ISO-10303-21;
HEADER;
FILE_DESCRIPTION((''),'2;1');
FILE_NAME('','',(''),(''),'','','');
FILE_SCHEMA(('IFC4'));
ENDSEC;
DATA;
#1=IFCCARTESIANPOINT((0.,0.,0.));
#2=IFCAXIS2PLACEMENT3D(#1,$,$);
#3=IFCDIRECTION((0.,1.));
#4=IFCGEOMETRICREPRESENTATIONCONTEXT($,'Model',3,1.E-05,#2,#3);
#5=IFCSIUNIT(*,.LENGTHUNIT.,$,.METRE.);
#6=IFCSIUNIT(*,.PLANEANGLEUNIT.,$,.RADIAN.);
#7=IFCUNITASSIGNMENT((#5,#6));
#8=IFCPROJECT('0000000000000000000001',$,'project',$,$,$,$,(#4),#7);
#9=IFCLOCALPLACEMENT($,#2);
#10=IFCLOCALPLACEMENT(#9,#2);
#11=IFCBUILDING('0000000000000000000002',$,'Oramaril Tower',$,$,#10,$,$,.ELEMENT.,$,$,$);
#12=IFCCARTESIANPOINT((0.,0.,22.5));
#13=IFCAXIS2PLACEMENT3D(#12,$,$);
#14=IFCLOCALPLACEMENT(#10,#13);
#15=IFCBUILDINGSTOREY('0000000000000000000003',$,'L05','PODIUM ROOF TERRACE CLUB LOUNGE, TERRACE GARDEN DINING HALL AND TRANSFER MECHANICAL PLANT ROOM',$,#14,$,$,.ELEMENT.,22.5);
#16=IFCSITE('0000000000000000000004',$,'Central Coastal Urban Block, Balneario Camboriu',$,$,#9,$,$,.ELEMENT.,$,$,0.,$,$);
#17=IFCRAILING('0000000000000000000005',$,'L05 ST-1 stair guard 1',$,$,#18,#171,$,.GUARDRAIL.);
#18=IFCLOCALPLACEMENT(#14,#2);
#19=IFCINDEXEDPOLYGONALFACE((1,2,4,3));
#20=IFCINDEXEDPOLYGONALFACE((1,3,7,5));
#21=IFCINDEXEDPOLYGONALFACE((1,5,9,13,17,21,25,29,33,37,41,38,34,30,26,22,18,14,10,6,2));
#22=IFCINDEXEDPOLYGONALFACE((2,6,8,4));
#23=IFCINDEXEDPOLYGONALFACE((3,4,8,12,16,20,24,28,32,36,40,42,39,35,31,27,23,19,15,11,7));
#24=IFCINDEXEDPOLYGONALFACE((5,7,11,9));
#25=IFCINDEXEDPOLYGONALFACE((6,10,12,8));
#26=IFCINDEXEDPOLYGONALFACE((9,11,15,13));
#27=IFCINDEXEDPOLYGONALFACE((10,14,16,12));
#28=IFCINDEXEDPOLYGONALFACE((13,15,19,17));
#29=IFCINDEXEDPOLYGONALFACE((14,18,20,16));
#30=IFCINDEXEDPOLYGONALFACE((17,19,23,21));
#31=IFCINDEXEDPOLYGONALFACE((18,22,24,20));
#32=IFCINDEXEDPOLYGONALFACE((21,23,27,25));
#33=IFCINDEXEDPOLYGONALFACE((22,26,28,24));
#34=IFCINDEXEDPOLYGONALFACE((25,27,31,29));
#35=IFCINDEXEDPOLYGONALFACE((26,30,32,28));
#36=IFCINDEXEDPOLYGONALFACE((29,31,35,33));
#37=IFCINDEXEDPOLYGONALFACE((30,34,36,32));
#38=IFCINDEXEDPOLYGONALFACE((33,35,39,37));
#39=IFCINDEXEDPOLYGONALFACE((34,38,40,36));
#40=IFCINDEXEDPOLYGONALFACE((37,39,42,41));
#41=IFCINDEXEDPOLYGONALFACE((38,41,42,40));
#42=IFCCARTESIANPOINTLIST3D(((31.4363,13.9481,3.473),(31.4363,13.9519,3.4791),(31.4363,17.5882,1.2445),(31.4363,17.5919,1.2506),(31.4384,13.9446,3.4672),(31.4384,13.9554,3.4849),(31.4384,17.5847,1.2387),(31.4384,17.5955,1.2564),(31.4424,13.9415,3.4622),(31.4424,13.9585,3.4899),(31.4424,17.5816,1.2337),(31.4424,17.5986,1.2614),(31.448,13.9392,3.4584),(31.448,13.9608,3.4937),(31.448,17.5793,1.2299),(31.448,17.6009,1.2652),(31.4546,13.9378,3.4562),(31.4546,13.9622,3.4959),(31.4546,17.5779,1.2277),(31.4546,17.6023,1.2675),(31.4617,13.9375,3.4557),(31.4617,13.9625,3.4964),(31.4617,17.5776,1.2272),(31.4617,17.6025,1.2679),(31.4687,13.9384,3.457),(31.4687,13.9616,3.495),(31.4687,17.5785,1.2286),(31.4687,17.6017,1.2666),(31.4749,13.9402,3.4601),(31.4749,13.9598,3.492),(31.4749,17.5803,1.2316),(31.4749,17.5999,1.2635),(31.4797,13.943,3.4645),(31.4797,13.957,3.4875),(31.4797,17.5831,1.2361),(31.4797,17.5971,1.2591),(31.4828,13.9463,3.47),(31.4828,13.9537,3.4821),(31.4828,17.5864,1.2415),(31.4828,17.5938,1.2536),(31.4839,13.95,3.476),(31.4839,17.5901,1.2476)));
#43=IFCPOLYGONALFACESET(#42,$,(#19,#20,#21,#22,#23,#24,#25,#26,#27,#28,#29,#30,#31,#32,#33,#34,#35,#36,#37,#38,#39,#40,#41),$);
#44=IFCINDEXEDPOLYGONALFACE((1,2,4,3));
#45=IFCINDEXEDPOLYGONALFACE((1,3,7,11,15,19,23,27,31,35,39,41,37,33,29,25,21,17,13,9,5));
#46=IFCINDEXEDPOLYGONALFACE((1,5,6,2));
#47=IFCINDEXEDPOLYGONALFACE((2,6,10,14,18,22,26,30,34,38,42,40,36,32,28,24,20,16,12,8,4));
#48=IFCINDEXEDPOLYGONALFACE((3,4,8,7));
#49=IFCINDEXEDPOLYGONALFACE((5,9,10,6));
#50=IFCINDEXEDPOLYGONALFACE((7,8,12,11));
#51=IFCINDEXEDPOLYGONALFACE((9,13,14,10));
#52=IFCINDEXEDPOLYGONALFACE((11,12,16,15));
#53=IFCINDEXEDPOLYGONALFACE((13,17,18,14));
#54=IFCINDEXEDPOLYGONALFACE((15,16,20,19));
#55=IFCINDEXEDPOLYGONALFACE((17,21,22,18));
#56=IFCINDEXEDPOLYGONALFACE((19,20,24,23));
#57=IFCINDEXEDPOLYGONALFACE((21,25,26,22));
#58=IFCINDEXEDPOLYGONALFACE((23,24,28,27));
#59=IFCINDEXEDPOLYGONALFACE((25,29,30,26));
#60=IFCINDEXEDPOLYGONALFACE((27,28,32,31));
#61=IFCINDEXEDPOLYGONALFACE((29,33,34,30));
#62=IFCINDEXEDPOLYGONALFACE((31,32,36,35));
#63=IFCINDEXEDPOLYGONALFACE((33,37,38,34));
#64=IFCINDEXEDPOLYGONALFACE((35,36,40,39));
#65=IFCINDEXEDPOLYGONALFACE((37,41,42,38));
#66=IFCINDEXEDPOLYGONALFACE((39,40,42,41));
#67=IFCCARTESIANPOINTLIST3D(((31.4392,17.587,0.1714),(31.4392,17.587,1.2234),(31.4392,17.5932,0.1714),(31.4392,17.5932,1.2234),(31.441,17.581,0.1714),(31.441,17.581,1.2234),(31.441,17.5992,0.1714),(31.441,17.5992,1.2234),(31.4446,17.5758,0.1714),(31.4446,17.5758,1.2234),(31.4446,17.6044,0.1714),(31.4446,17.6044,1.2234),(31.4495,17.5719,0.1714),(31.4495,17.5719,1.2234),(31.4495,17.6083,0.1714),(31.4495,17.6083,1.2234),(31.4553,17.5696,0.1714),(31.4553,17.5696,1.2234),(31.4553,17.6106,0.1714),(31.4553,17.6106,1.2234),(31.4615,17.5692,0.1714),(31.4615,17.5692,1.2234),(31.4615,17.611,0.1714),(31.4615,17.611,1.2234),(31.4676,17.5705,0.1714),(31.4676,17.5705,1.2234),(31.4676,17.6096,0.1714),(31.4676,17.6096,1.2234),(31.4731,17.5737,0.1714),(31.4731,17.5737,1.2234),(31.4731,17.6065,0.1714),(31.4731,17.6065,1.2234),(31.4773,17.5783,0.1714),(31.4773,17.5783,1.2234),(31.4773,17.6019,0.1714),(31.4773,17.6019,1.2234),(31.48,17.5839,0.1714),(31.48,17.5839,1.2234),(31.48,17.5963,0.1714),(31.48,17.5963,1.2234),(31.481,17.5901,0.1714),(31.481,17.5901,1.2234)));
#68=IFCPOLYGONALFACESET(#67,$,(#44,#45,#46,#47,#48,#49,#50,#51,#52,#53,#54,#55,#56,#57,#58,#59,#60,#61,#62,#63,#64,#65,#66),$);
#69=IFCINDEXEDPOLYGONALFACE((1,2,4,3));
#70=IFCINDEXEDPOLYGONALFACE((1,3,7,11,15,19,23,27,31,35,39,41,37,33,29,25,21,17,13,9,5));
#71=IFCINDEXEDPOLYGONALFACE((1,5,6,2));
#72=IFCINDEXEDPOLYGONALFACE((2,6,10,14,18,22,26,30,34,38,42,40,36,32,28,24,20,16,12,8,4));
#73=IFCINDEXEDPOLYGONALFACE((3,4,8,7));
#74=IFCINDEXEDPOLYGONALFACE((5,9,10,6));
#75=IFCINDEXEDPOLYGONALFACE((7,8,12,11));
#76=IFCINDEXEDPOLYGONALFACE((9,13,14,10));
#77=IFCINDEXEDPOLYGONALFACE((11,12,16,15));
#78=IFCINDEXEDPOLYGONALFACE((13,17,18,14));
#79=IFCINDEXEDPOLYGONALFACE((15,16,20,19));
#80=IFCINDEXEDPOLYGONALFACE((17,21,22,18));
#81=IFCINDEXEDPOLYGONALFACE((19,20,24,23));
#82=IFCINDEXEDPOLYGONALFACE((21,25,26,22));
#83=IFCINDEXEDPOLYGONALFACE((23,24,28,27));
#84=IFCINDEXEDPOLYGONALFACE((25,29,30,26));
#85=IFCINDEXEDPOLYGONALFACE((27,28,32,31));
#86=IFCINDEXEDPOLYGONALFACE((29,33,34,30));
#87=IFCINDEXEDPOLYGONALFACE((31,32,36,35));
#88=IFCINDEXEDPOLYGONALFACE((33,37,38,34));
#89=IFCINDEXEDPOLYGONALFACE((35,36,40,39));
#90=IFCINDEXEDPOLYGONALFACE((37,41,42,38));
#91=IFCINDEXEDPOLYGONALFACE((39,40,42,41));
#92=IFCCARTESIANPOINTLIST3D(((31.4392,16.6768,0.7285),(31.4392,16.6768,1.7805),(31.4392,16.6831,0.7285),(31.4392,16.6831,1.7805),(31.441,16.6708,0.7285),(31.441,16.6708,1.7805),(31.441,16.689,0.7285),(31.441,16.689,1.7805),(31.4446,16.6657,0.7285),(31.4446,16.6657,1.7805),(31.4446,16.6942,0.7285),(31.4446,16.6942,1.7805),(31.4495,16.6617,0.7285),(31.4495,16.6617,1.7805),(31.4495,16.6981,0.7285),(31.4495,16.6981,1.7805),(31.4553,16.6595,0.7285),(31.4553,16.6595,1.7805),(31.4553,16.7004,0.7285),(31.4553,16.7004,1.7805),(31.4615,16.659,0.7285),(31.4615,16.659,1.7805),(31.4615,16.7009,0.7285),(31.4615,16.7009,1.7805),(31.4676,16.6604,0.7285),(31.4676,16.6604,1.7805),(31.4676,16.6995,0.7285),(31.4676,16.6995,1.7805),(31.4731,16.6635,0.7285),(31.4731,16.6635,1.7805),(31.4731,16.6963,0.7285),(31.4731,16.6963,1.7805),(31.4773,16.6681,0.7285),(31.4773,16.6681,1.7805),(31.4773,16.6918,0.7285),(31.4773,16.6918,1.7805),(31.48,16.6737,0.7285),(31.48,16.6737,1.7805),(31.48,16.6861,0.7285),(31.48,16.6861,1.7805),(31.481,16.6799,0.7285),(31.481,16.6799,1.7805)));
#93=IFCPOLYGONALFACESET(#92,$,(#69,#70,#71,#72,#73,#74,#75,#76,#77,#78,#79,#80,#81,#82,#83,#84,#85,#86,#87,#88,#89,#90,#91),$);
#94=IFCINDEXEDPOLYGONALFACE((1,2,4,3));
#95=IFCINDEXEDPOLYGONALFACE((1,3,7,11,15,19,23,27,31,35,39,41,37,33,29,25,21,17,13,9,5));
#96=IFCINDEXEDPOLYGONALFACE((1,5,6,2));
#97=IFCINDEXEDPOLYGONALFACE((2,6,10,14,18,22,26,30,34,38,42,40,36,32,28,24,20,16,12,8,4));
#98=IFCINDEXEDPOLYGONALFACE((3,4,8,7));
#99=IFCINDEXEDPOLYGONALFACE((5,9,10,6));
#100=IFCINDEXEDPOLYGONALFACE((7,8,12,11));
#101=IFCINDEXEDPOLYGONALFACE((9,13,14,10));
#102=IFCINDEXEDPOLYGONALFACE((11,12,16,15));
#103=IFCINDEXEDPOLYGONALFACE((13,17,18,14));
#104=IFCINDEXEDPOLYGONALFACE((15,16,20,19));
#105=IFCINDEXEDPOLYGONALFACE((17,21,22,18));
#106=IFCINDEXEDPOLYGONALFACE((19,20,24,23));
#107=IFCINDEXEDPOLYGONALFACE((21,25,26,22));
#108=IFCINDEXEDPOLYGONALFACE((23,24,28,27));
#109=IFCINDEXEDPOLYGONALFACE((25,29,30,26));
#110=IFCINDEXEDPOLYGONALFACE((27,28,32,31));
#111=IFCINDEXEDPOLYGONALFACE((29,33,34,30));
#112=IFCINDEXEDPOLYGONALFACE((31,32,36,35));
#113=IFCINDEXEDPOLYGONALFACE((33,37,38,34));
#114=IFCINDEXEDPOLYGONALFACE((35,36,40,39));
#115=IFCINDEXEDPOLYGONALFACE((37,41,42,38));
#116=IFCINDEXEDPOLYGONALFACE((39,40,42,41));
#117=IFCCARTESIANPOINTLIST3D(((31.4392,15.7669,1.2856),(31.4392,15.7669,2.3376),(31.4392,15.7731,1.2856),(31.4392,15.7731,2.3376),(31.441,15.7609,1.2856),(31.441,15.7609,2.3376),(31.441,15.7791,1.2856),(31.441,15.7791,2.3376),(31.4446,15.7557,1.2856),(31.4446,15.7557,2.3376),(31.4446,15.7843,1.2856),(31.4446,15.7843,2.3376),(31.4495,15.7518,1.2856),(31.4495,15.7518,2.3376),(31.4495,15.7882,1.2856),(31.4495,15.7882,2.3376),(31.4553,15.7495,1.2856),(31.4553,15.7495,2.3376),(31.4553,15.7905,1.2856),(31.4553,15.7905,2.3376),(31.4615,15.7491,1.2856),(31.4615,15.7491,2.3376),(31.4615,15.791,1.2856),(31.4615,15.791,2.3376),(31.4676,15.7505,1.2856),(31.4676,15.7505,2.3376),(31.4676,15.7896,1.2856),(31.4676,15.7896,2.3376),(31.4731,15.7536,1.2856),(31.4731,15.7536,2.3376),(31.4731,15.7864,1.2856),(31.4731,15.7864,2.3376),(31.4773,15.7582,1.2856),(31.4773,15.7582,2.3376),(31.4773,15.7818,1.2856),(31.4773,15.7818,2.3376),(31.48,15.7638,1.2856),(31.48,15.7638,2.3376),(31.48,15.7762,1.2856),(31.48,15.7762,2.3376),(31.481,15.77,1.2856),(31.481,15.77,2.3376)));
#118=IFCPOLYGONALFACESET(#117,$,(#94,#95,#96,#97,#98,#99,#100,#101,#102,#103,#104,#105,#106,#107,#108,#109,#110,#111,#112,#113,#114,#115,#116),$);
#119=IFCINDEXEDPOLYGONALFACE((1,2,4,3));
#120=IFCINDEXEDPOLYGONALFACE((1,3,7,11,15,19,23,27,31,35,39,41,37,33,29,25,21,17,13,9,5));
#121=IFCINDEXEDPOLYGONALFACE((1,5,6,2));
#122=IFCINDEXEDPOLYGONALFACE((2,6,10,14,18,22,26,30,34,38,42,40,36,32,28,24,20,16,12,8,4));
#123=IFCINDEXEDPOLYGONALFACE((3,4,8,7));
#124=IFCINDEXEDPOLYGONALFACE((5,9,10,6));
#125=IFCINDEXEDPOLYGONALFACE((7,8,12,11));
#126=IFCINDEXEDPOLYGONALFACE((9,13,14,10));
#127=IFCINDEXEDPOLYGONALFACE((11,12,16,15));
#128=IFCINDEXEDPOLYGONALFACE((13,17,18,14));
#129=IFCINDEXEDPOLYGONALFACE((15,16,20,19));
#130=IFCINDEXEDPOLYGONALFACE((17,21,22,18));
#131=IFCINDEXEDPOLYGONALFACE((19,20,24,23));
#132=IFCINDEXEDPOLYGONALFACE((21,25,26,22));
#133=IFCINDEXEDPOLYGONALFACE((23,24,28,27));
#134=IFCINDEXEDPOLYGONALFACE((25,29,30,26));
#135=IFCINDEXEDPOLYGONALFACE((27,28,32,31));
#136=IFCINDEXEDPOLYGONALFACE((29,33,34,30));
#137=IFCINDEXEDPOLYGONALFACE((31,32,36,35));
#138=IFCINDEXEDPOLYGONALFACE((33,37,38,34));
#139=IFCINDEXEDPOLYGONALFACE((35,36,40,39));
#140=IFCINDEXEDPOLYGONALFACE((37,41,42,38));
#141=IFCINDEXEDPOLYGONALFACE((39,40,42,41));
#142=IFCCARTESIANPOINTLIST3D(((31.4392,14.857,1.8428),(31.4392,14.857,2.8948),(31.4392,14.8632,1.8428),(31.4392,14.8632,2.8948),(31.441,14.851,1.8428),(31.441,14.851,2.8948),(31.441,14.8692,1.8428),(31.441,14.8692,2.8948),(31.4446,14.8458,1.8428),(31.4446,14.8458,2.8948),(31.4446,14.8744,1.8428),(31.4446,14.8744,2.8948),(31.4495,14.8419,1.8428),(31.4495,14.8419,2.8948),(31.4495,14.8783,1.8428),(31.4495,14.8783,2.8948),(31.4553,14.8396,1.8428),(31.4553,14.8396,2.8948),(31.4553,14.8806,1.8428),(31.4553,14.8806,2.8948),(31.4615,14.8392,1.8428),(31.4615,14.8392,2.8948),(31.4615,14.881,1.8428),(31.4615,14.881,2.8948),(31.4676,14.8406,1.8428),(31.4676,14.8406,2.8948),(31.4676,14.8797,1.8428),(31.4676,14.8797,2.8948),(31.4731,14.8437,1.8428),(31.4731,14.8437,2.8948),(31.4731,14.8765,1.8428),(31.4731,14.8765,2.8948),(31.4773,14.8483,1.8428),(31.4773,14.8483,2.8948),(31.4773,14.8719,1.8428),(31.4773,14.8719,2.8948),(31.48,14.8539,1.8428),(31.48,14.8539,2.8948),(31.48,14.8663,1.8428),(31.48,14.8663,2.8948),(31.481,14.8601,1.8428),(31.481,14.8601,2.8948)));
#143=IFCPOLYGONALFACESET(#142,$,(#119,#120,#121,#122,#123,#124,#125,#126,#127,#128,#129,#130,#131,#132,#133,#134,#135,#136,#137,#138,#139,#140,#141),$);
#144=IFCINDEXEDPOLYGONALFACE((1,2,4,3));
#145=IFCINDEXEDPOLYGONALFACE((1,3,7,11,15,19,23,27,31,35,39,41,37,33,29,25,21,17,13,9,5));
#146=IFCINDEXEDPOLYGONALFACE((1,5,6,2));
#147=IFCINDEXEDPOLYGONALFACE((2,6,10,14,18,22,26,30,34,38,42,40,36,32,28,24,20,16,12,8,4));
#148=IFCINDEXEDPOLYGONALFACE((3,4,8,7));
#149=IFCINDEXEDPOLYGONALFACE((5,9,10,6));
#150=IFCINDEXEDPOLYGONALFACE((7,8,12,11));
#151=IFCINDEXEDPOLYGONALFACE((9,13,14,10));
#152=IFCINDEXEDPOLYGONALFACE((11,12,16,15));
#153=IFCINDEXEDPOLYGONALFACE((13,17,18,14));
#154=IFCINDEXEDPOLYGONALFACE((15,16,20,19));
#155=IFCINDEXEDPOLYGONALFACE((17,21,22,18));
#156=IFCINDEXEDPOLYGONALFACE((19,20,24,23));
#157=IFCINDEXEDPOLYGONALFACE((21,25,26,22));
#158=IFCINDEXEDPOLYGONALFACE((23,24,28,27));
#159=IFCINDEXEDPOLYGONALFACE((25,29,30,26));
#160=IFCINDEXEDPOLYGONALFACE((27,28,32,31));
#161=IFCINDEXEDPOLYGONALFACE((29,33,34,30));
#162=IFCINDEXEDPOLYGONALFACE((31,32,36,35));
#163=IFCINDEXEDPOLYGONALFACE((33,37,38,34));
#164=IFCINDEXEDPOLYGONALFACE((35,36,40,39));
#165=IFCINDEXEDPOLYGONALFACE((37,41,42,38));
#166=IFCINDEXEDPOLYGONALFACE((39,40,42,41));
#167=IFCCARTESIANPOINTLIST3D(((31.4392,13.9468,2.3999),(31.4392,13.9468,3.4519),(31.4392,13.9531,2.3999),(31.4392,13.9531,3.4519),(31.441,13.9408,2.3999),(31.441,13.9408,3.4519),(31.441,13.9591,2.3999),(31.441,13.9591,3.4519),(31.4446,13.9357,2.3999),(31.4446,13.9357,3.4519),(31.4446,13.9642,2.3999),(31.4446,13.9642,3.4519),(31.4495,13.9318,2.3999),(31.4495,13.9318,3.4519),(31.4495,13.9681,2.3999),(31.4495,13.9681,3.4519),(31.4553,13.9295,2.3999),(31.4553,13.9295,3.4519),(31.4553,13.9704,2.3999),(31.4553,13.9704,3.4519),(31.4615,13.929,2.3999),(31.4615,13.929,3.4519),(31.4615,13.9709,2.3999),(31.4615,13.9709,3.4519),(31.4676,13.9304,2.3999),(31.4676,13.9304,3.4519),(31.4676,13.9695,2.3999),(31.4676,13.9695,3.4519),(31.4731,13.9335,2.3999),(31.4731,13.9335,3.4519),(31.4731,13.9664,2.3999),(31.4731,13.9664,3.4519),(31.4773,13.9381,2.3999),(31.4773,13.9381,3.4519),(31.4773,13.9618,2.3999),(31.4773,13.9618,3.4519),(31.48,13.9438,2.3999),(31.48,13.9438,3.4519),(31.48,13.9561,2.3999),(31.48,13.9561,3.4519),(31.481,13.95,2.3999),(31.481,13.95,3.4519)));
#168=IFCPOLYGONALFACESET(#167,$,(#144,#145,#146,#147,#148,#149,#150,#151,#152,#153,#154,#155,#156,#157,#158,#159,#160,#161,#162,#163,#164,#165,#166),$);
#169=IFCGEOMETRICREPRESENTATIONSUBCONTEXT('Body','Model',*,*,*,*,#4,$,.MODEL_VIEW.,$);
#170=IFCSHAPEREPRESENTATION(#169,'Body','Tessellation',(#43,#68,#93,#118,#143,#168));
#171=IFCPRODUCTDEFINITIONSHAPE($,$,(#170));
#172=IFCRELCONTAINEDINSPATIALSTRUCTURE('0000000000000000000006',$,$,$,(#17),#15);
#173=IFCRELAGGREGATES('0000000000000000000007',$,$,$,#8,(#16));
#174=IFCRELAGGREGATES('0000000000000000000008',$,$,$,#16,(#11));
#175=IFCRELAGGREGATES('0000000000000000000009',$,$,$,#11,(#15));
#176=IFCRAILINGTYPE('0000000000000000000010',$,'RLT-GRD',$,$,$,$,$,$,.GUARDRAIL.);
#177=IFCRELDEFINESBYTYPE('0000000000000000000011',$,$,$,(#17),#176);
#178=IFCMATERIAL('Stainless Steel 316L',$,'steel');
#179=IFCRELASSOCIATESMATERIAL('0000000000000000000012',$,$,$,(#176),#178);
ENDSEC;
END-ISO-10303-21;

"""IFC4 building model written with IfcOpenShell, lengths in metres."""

from ifc_helpers import new_model, si_unit, direction, frame, origin, origin_2d, place, context, subcontext, project, spatial, circle, extrude, material, type_object, element, save


model = new_model("IFC4")

# Units and contexts
model_context = context("Model", 3, precision=1e-05, world=origin(), true_north=direction((0.0, 1.0)))
body_context = subcontext(model_context, "Body", "Model", "MODEL_VIEW")
ifc_project = project(units=[si_unit("LENGTHUNIT", "METRE"), si_unit("PLANEANGLEUNIT", "RADIAN")], contexts=[model_context])

# Site, building, storey
site_placement = place(None, origin())
site = spatial("IfcSite", under=ifc_project, at=site_placement, Name="Central Coastal Urban Block, Balneario Camboriu", CompositionType="ELEMENT", RefElevation=0.0)
building_placement = place(site_placement, origin())
building = spatial("IfcBuilding", under=site, at=building_placement, Name="Oramaril Tower", CompositionType="ELEMENT")
storey_placement = place(building_placement, frame((0.0, 0.0, 22.5)))
storey = spatial("IfcBuildingStorey", under=building, at=storey_placement, Name="L05", Description="PODIUM ROOF TERRACE CLUB LOUNGE, TERRACE GARDEN DINING HALL AND TRANSFER MECHANICAL PLANT ROOM", CompositionType="ELEMENT", Elevation=22.5)

# Railing
ifc_material_1 = material(Name="Stainless Steel 316L", Category="steel")
railing_type_1 = type_object("IfcRailingType", Name="RLT-GRD", PredefinedType="GUARDRAIL", material=ifc_material_1)
railing_1_placement = place(storey_placement, frame((31.46, 17.5901, 0.1714)))
element("IfcRailing", 1, at=railing_1_placement, inside=storey, type_object=railing_type_1, Name="L05 ST-1 stair guard 1", PredefinedType="GUARDRAIL", context=body_context, shape_type="SweptSolid", body=[
    extrude(circle(Radius=0.0239, at=origin_2d()), frame((0.0, 0.0, 1.0762), z_axis=(0.0, -0.852866, 0.52213), x_axis=(1.0, 0.0, 0.0)), (0.0, 0.0, 1.0), 4.2681),
    extrude(circle(Radius=0.021, at=origin_2d()), origin(), (0.0, 0.0, 1.0), 1.052),
    extrude(circle(Radius=0.021, at=origin_2d()), frame((0.0, -0.9102, 0.5571)), (0.0, 0.0, 1.0), 1.052),
    extrude(circle(Radius=0.021, at=origin_2d()), frame((0.0, -1.8201, 1.1143)), (0.0, 0.0, 1.0), 1.052),
    extrude(circle(Radius=0.021, at=origin_2d()), frame((0.0, -2.73, 1.6714)), (0.0, 0.0, 1.0), 1.052),
    extrude(circle(Radius=0.021, at=origin_2d()), frame((0.0, -3.6401, 2.2285)), (0.0, 0.0, 1.0), 1.052),
])

save(model, "model.ifc")
